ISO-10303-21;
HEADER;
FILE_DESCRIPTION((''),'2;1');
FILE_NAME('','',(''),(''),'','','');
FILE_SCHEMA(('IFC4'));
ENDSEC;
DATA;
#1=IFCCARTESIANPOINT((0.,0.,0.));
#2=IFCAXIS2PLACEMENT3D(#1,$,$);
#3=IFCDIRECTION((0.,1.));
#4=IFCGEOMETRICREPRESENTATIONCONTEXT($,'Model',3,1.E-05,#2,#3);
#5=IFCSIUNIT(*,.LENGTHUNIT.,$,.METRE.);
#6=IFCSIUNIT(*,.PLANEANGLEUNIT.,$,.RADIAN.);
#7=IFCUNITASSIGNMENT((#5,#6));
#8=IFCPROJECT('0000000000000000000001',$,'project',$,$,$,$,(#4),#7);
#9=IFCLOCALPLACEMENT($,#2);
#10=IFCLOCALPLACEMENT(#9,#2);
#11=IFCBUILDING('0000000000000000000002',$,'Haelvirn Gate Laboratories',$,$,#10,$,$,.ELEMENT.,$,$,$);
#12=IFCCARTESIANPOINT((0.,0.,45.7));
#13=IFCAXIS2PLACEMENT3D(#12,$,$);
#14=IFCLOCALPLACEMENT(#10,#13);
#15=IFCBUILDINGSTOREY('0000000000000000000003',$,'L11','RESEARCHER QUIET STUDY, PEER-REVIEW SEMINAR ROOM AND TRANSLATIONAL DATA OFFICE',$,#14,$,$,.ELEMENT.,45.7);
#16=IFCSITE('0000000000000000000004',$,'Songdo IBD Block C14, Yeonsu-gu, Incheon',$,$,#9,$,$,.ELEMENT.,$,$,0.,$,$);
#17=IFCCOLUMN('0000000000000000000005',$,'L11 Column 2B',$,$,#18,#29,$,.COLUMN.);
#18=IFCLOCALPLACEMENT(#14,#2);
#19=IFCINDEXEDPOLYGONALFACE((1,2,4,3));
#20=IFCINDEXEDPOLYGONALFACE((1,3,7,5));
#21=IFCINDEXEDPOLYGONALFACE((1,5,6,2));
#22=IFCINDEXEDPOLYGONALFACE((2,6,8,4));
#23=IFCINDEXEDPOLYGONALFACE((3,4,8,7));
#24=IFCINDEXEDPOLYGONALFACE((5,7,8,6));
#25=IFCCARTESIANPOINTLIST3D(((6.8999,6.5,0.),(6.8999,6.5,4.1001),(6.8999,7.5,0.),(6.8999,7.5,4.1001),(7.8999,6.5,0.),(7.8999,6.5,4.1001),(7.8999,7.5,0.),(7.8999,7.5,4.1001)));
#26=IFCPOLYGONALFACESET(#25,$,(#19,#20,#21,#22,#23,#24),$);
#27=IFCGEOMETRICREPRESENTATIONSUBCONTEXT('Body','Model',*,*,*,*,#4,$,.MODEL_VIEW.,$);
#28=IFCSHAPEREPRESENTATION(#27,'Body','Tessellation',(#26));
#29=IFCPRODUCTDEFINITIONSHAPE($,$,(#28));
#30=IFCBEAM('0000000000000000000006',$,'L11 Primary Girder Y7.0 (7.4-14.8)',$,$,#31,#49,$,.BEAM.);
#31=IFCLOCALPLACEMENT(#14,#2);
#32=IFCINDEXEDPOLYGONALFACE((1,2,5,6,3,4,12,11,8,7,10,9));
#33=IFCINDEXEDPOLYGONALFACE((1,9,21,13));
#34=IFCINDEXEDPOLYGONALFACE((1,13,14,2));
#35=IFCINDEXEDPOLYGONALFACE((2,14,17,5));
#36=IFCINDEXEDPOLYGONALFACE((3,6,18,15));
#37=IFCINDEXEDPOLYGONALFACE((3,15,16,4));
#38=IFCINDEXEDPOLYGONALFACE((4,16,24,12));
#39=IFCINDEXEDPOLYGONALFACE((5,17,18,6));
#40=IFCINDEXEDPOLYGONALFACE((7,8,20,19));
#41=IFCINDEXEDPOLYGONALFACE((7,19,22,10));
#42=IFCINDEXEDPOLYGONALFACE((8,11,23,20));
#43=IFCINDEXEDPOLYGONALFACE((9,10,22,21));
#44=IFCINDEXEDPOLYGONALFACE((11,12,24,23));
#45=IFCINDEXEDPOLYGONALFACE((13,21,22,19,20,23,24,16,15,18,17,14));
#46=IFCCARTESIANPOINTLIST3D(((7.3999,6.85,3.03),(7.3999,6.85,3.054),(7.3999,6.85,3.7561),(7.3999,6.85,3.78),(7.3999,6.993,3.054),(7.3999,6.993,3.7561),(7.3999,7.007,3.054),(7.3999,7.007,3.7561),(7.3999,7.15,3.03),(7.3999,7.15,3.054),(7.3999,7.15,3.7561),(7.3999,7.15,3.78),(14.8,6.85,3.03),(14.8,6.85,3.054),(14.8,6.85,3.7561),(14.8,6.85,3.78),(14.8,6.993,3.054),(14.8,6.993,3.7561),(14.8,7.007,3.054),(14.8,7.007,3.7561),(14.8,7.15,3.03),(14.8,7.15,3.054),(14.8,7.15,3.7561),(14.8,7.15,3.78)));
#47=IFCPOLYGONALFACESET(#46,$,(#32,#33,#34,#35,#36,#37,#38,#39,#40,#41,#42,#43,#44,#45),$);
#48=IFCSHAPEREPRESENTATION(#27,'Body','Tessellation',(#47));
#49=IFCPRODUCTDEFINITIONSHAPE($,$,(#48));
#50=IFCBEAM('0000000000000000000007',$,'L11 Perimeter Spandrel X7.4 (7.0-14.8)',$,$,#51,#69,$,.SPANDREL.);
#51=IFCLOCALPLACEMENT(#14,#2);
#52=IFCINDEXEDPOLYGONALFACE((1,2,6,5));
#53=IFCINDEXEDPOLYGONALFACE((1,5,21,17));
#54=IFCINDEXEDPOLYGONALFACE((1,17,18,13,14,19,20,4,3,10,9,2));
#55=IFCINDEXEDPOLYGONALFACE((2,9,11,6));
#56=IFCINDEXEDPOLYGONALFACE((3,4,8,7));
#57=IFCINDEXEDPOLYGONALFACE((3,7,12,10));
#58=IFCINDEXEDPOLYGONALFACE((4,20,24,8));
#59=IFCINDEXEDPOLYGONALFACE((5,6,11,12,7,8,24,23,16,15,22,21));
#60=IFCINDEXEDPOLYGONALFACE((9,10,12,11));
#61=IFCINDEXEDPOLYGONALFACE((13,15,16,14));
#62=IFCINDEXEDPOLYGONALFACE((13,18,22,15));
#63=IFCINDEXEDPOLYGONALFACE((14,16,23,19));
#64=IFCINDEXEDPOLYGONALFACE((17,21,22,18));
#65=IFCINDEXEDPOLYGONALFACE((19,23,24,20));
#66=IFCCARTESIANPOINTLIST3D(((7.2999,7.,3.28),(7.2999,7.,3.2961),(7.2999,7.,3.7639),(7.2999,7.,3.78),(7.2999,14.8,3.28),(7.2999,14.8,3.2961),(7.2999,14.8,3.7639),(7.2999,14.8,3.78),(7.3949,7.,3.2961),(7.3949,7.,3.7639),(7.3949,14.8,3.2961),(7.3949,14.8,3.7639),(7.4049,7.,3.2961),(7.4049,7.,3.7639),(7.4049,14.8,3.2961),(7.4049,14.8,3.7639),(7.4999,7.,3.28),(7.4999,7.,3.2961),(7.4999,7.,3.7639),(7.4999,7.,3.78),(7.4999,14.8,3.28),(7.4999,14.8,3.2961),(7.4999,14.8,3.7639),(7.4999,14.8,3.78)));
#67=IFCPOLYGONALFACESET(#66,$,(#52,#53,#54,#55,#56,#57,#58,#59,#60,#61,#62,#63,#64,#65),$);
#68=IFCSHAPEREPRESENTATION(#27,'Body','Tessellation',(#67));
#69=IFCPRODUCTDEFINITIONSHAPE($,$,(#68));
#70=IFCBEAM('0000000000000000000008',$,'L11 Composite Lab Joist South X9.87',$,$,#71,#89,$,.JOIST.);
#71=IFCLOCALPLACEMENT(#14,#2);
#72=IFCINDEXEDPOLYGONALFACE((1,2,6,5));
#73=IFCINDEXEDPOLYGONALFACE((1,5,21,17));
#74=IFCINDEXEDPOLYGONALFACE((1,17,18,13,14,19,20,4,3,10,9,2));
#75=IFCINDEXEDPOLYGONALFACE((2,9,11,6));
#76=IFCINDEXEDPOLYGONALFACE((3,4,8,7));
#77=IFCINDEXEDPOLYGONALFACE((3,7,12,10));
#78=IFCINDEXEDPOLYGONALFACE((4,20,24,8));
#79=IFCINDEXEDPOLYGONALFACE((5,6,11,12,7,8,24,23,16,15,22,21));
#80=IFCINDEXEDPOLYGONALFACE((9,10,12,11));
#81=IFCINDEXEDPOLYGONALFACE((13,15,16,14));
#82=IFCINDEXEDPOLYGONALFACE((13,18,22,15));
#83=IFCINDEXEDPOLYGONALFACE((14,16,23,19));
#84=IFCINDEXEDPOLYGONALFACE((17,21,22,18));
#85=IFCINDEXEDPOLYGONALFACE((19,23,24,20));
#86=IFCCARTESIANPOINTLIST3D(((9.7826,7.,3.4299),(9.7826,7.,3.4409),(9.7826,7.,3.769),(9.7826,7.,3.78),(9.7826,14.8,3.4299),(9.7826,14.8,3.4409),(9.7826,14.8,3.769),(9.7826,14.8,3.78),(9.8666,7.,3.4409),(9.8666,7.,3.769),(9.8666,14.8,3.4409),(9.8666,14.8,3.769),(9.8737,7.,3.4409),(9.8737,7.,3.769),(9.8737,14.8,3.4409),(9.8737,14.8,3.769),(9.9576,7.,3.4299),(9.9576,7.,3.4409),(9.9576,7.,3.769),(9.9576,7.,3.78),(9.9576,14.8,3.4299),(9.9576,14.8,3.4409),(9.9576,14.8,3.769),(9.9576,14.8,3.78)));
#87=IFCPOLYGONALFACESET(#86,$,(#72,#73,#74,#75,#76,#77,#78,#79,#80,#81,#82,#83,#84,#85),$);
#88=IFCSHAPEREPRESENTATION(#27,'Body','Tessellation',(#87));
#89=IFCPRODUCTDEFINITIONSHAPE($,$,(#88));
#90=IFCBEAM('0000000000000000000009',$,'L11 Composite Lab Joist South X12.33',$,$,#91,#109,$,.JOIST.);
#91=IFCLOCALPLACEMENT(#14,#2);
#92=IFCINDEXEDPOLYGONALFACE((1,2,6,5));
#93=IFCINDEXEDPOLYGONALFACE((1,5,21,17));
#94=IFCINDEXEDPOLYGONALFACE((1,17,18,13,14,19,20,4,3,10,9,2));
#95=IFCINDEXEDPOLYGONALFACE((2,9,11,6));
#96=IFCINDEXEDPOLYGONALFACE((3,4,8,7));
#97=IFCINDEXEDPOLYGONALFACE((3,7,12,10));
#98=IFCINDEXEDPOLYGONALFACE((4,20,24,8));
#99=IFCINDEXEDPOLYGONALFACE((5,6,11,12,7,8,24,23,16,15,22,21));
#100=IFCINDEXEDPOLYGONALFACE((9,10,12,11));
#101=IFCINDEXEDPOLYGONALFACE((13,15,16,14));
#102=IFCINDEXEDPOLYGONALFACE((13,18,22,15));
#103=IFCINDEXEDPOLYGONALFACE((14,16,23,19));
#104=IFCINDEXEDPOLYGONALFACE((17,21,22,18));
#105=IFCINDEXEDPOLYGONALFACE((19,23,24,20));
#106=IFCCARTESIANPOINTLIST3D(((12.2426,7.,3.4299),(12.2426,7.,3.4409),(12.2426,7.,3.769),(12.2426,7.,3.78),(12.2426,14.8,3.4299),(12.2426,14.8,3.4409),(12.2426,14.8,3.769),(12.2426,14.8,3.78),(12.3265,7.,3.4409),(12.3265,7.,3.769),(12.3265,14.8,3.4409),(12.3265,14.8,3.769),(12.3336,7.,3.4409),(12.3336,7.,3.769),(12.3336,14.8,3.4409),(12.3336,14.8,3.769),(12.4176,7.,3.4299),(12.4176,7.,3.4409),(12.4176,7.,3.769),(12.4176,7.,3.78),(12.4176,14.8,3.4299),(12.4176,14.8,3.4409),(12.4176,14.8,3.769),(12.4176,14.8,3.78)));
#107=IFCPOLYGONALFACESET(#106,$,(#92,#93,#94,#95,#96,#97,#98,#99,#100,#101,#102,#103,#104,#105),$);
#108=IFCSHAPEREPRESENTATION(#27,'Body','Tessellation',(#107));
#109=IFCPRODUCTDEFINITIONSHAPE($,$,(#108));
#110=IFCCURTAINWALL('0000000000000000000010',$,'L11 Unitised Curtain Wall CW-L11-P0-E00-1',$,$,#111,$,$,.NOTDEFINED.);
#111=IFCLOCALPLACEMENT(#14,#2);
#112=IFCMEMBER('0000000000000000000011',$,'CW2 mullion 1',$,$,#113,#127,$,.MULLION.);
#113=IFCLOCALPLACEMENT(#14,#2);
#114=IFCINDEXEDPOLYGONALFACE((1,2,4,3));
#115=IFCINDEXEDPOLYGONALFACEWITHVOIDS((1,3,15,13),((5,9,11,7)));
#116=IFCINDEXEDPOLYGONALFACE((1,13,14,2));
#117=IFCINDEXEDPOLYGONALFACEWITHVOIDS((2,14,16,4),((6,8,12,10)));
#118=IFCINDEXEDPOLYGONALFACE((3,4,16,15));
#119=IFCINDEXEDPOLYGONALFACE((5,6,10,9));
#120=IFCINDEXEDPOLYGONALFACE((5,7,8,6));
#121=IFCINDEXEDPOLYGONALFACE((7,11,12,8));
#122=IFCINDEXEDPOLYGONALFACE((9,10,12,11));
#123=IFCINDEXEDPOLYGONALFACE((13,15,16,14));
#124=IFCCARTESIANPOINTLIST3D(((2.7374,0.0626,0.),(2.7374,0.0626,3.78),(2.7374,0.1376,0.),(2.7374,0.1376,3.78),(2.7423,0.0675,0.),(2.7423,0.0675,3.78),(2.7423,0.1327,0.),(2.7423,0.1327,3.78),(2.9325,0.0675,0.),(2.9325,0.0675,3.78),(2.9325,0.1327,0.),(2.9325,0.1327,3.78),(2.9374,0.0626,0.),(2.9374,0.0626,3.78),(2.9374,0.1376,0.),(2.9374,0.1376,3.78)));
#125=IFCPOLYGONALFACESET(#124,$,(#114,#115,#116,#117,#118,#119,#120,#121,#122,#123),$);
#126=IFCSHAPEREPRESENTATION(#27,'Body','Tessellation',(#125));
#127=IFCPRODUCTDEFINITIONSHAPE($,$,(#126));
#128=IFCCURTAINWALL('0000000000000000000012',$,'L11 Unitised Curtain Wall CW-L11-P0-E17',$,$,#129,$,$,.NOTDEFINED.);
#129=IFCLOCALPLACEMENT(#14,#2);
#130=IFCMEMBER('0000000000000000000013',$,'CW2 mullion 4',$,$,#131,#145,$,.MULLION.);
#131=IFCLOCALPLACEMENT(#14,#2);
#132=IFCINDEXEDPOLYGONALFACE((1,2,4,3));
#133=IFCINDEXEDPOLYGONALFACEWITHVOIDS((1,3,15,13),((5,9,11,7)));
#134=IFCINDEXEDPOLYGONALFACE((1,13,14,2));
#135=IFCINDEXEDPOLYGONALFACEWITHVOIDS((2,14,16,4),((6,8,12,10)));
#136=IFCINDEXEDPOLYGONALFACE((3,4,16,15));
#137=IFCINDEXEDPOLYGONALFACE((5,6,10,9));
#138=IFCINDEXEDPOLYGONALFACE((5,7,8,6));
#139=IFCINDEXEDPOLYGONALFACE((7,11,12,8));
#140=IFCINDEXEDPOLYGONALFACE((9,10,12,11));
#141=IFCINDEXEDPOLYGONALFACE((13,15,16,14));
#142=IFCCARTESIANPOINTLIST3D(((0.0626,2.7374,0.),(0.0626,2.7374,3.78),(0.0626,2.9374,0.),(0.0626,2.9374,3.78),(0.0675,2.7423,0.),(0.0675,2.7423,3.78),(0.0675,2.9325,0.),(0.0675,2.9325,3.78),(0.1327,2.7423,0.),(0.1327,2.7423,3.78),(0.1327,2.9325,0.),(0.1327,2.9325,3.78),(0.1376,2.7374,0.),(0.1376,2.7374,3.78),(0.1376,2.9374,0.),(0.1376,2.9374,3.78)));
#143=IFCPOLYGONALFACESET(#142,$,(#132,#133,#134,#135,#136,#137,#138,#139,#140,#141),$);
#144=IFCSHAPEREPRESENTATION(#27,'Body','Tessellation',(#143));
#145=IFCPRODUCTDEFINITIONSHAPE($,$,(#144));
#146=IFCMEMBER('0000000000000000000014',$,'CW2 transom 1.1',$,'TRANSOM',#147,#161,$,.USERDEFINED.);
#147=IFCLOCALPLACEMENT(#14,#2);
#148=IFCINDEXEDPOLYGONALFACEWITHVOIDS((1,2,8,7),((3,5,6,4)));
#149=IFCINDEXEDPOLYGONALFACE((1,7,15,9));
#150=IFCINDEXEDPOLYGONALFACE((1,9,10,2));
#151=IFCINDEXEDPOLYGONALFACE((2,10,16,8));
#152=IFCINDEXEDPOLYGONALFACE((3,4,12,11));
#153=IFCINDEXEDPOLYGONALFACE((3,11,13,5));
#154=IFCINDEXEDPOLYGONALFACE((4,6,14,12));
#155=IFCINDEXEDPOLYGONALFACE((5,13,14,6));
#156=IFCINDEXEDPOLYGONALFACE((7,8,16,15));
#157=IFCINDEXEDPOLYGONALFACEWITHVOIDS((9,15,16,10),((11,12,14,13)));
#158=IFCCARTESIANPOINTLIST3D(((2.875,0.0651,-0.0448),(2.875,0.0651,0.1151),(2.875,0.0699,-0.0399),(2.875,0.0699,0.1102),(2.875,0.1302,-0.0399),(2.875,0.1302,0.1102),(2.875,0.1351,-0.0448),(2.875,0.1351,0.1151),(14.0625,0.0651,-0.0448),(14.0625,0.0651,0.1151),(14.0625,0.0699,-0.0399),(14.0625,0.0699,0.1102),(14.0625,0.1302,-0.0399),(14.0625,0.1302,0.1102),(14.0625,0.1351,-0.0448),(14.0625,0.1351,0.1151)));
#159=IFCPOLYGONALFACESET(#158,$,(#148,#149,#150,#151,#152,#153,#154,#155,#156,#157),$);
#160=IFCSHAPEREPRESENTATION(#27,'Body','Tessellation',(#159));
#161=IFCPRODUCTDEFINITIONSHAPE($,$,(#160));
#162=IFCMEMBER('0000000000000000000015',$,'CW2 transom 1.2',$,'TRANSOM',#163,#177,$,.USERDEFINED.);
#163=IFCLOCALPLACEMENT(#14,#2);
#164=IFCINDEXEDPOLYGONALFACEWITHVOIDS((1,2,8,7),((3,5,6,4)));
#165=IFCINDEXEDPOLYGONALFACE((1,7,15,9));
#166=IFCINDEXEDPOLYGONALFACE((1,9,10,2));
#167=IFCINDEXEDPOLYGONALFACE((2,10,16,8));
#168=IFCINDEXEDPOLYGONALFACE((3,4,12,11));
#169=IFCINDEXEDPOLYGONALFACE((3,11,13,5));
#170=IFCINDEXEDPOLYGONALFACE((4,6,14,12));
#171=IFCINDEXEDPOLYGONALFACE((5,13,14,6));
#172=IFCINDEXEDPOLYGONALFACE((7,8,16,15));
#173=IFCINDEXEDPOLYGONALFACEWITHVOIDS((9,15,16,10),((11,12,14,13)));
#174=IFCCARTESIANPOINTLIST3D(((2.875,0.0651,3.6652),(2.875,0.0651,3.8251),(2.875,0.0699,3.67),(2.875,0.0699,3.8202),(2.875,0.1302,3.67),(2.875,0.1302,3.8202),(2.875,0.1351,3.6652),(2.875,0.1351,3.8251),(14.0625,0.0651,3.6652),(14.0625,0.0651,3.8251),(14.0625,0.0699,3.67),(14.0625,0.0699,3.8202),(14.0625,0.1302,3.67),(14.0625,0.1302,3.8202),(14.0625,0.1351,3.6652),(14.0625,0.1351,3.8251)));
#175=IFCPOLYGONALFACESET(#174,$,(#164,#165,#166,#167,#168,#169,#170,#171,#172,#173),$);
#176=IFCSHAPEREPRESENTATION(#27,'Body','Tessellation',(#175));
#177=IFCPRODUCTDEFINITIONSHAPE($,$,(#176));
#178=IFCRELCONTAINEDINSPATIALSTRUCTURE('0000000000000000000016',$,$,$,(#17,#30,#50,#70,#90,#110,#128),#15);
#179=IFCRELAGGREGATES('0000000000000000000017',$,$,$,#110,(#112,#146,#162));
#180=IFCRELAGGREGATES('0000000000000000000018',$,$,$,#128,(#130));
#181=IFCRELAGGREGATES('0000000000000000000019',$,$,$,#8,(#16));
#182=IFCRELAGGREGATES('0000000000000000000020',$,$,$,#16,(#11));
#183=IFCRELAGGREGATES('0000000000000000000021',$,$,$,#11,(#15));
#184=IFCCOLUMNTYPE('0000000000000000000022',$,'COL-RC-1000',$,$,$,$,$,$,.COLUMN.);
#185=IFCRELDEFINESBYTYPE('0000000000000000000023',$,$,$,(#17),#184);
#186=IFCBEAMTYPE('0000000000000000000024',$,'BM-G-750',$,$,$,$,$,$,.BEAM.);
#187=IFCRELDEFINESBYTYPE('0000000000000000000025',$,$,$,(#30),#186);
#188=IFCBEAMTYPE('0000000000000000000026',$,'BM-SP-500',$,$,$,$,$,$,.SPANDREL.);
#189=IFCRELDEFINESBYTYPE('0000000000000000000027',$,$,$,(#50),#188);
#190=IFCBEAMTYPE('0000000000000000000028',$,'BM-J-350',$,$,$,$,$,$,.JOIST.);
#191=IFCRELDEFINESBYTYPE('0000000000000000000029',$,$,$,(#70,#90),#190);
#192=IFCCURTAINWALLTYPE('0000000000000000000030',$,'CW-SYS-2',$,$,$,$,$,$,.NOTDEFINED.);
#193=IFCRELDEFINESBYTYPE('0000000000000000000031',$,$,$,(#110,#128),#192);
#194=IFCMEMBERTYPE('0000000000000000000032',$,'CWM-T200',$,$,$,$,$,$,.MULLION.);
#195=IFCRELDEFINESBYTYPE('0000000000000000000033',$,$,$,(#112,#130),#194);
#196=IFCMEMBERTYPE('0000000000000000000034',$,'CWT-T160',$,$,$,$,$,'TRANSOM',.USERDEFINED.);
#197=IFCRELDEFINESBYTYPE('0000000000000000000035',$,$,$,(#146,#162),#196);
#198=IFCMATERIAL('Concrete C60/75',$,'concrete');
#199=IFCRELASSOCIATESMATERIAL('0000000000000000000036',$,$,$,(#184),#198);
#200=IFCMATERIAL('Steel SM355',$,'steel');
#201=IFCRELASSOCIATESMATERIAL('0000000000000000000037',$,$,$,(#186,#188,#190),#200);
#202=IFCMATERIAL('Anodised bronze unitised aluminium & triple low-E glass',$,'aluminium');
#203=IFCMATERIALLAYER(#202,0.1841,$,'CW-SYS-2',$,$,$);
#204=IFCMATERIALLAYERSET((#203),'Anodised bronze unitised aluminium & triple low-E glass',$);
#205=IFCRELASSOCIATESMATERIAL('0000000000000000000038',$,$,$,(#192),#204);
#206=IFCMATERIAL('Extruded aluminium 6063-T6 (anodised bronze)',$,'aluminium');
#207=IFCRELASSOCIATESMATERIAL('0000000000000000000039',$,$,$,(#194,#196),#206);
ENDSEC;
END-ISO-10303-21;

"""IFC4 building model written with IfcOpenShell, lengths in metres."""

from ifc_helpers import new_model, si_unit, direction, frame, origin, origin_2d, place, context, subcontext, project, spatial, rectangle, hollow_rectangle, i_section, extrude, source, transform, mapped, material, layer, layer_set, material_profile, profile_set, type_object, type_shapes, element, aggregate, save


model = new_model("IFC4")

# Units and contexts
model_context = context("Model", 3, precision=1e-05, world=origin(), true_north=direction((0.0, 1.0)))
body_context = subcontext(model_context, "Body", "Model", "MODEL_VIEW")
ifc_project = project(units=[si_unit("LENGTHUNIT", "METRE"), si_unit("PLANEANGLEUNIT", "RADIAN")], contexts=[model_context])

# Site, building, storey
site_placement = place(None, origin())
site = spatial("IfcSite", under=ifc_project, at=site_placement, Name="Songdo IBD Block C14, Yeonsu-gu, Incheon", CompositionType="ELEMENT", RefElevation=0.0)
building_placement = place(site_placement, origin())
building = spatial("IfcBuilding", under=site, at=building_placement, Name="Haelvirn Gate Laboratories", CompositionType="ELEMENT")
storey_placement = place(building_placement, frame((0.0, 0.0, 45.7)))
storey = spatial("IfcBuildingStorey", under=building, at=storey_placement, Name="L11", Description="RESEARCHER QUIET STUDY, PEER-REVIEW SEMINAR ROOM AND TRANSLATIONAL DATA OFFICE", CompositionType="ELEMENT", Elevation=45.7)

# Column
ifc_material_1 = material(Name="Concrete C60/75", Category="concrete")
ifc_material_profile_1 = material_profile(ifc_material_1, rectangle(XDim=1.0, YDim=1.0, at=origin_2d()), Name="RC-1000x1000")
ifc_profile_set_1 = profile_set([ifc_material_profile_1], Name="Concrete C60/75")
column_type = type_object("IfcColumnType", Name="COL-RC-1000", PredefinedType="COLUMN", material=ifc_profile_set_1)
shared_shape_1 = source(origin(), body_context, "Body", "SweptSolid", [
    extrude(rectangle(XDim=1.0, YDim=1.0, at=origin_2d()), origin(), (0.0, 0.0, 1.0), 4.1001),
])
type_shapes(column_type, [shared_shape_1])
column_placement = place(storey_placement, frame((7.3999, 7.0, 0.0), z_axis=(0.0, 0.0, 1.0), x_axis=(1.0, 0.0, 0.0)))
element("IfcColumn", 1, at=column_placement, inside=storey, type_object=column_type, Name="L11 Column 2B", PredefinedType="COLUMN", context=body_context, shape_type="MappedRepresentation", body=[
    mapped(shared_shape_1, transform((0.0, 0.0, 0.0), scale=1.0)),
])

# Beams
ifc_material_2 = material(Name="Steel SM355", Category="steel")
ifc_material_profile_2 = material_profile(ifc_material_2, i_section(OverallWidth=0.3, OverallDepth=0.75, WebThickness=0.0139, FlangeThickness=0.0239, at=origin_2d()), Name="H-750x300x14x24")
ifc_profile_set_2 = profile_set([ifc_material_profile_2], Name="Steel SM355")
beam_type_1 = type_object("IfcBeamType", Name="BM-G-750", PredefinedType="BEAM", material=ifc_profile_set_2)
shared_shape_2 = source(origin(), body_context, "Body", "SweptSolid", [
    extrude(i_section(OverallWidth=0.3, OverallDepth=0.75, WebThickness=0.0139, FlangeThickness=0.0239, at=origin_2d()), origin(), (0.0, 0.0, 1.0), 7.4001),
])
type_shapes(beam_type_1, [shared_shape_2])
beam_1_placement = place(storey_placement, frame((7.3999, 7.0, 3.405), z_axis=(1.0, 0.0, 0.0), x_axis=(0.0, 1.0, 0.0)))
element("IfcBeam", 2, at=beam_1_placement, inside=storey, type_object=beam_type_1, Name="L11 Primary Girder Y7.0 (7.4-14.8)", PredefinedType="BEAM", context=body_context, shape_type="MappedRepresentation", body=[
    mapped(shared_shape_2, transform((0.0, 0.0, 0.0), scale=1.0)),
])
ifc_material_profile_3 = material_profile(ifc_material_2, i_section(OverallWidth=0.2, OverallDepth=0.5, WebThickness=0.01, FlangeThickness=0.0161, at=origin_2d()), Name="H-500x200x10x16")
ifc_profile_set_3 = profile_set([ifc_material_profile_3], Name="Steel SM355")
beam_type_2 = type_object("IfcBeamType", Name="BM-SP-500", PredefinedType="SPANDREL", material=ifc_profile_set_3)
shared_shape_3 = source(origin(), body_context, "Body", "SweptSolid", [
    extrude(i_section(OverallWidth=0.2, OverallDepth=0.5, WebThickness=0.01, FlangeThickness=0.0161, at=origin_2d()), origin(), (0.0, 0.0, 1.0), 7.8),
])
type_shapes(beam_type_2, [shared_shape_3])
beam_2_placement = place(storey_placement, frame((7.3999, 7.0, 3.53), z_axis=(0.0, 1.0, 0.0), x_axis=(-1.0, 0.0, 0.0)))
element("IfcBeam", 3, at=beam_2_placement, inside=storey, type_object=beam_type_2, Name="L11 Perimeter Spandrel X7.4 (7.0-14.8)", PredefinedType="SPANDREL", context=body_context, shape_type="MappedRepresentation", body=[
    mapped(shared_shape_3, transform((0.0, 0.0, 0.0), scale=1.0)),
])
ifc_material_profile_4 = material_profile(ifc_material_2, i_section(OverallWidth=0.175, OverallDepth=0.3501, WebThickness=0.0071, FlangeThickness=0.011, at=origin_2d()), Name="H-350x175x7x11")
ifc_profile_set_4 = profile_set([ifc_material_profile_4], Name="Steel SM355")
beam_type_3 = type_object("IfcBeamType", Name="BM-J-350", PredefinedType="JOIST", material=ifc_profile_set_4)
shared_shape_4 = source(origin(), body_context, "Body", "SweptSolid", [
    extrude(i_section(OverallWidth=0.175, OverallDepth=0.3501, WebThickness=0.0071, FlangeThickness=0.011, at=origin_2d()), origin(), (0.0, 0.0, 1.0), 7.8),
])
type_shapes(beam_type_3, [shared_shape_4])
for number, where, z_axis, x_axis, name in (
    (4, (9.8701, 7.0, 3.605), (0.0, 1.0, 0.0), (-1.0, 0.0, 0.0), "L11 Composite Lab Joist South X9.87"),
    (5, (12.3301, 7.0, 3.605), (0.0, 1.0, 0.0), (-1.0, 0.0, 0.0), "L11 Composite Lab Joist South X12.33"),
):
    element("IfcBeam", number, at=place(storey_placement, frame(where, z_axis=z_axis, x_axis=x_axis)), inside=storey, type_object=beam_type_3, Name=name, PredefinedType="JOIST", context=body_context, shape_type="MappedRepresentation", body=[
        mapped(shared_shape_4, transform((0.0, 0.0, 0.0), scale=1.0)),
    ])

# Curtain walls, members
ifc_material_3 = material(Name="Anodised bronze unitised aluminium & triple low-E glass", Category="aluminium")
ifc_layer_1 = layer(ifc_material_3, 0.1841, Name="CW-SYS-2")
ifc_layer_set_1 = layer_set([ifc_layer_1], Name="Anodised bronze unitised aluminium & triple low-E glass")
curtain_wall_type_1 = type_object("IfcCurtainWallType", Name="CW-SYS-2", PredefinedType="NOTDEFINED", material=ifc_layer_set_1)
curtain_wall_1_placement = place(storey_placement, origin())
curtain_wall_1 = element("IfcCurtainWall", 6, at=curtain_wall_1_placement, inside=storey, type_object=curtain_wall_type_1, Name="L11 Unitised Curtain Wall CW-L11-P0-E00-1", PredefinedType="NOTDEFINED")
ifc_material_4 = material(Name="Extruded aluminium 6063-T6 (anodised bronze)", Category="aluminium")
ifc_material_profile_5 = material_profile(ifc_material_4, hollow_rectangle(XDim=0.075, YDim=0.2, WallThickness=0.0049, at=origin_2d()), Name="CWM-200x75x5")
ifc_profile_set_5 = profile_set([ifc_material_profile_5], Name="Extruded aluminium 6063-T6 (anodised bronze)")
member_type_1 = type_object("IfcMemberType", Name="CWM-T200", PredefinedType="MULLION", material=ifc_profile_set_5)
shared_shape_5 = source(origin(), body_context, "Body", "SweptSolid", [
    extrude(hollow_rectangle(XDim=0.075, YDim=0.2, WallThickness=0.0049, at=origin_2d()), origin(), (0.0, 0.0, 1.0), 3.78),
])
type_shapes(member_type_1, [shared_shape_5])
member_1_placement = place(storey_placement, frame((2.8374, 0.1001, 0.0), z_axis=(0.0, 0.0, 1.0), x_axis=(0.0, 1.0, 0.0)))
member_1 = element("IfcMember", 7, at=member_1_placement, type_object=member_type_1, Name="CW2 mullion 1", PredefinedType="MULLION", context=body_context, shape_type="MappedRepresentation", body=[
    mapped(shared_shape_5, transform((0.0, 0.0, 0.0), scale=1.0)),
])
curtain_wall_2_placement = place(storey_placement, origin())
curtain_wall_2 = element("IfcCurtainWall", 8, at=curtain_wall_2_placement, inside=storey, type_object=curtain_wall_type_1, Name="L11 Unitised Curtain Wall CW-L11-P0-E17", PredefinedType="NOTDEFINED")
member_2_placement = place(storey_placement, frame((0.1001, 2.8374, 0.0), z_axis=(0.0, 0.0, 1.0), x_axis=(1.0, 0.0, 0.0)))
member_2 = element("IfcMember", 9, at=member_2_placement, type_object=member_type_1, Name="CW2 mullion 4", PredefinedType="MULLION", context=body_context, shape_type="MappedRepresentation", body=[
    mapped(shared_shape_5, transform((0.0, 0.0, 0.0), scale=1.0)),
])

# Members
ifc_material_profile_6 = material_profile(ifc_material_4, hollow_rectangle(XDim=0.0701, YDim=0.1599, WallThickness=0.0049, at=origin_2d()), Name="CWT-160x70x5")
ifc_profile_set_6 = profile_set([ifc_material_profile_6], Name="Extruded aluminium 6063-T6 (anodised bronze)")
member_type_2 = type_object("IfcMemberType", Name="CWT-T160", ElementType="TRANSOM", PredefinedType="USERDEFINED", material=ifc_profile_set_6)
shared_shape_6 = source(origin(), body_context, "Body", "SweptSolid", [
    extrude(hollow_rectangle(XDim=0.0701, YDim=0.1599, WallThickness=0.0049, at=origin_2d()), origin(), (0.0, 0.0, 1.0), 11.1875),
])
type_shapes(member_type_2, [shared_shape_6])
member_3_placement = place(storey_placement, frame((2.875, 0.1001, 0.0352), z_axis=(1.0, 0.0, 0.0), x_axis=(0.0, 1.0, 0.0)))
member_3 = element("IfcMember", 10, at=member_3_placement, type_object=member_type_2, Name="CW2 transom 1.1", ObjectType="TRANSOM", PredefinedType="USERDEFINED", context=body_context, shape_type="MappedRepresentation", body=[
    mapped(shared_shape_6, transform((0.0, 0.0, 0.0), scale=1.0)),
])
member_4_placement = place(storey_placement, frame((2.875, 0.1001, 3.7451), z_axis=(1.0, 0.0, 0.0), x_axis=(0.0, 1.0, 0.0)))
member_4 = element("IfcMember", 11, at=member_4_placement, type_object=member_type_2, Name="CW2 transom 1.2", ObjectType="TRANSOM", PredefinedType="USERDEFINED", context=body_context, shape_type="MappedRepresentation", body=[
    mapped(shared_shape_6, transform((0.0, 0.0, 0.0), scale=1.0)),
])

aggregate(curtain_wall_1, [member_1, member_3, member_4])
aggregate(curtain_wall_2, [member_2])

save(model, "model.ifc")
